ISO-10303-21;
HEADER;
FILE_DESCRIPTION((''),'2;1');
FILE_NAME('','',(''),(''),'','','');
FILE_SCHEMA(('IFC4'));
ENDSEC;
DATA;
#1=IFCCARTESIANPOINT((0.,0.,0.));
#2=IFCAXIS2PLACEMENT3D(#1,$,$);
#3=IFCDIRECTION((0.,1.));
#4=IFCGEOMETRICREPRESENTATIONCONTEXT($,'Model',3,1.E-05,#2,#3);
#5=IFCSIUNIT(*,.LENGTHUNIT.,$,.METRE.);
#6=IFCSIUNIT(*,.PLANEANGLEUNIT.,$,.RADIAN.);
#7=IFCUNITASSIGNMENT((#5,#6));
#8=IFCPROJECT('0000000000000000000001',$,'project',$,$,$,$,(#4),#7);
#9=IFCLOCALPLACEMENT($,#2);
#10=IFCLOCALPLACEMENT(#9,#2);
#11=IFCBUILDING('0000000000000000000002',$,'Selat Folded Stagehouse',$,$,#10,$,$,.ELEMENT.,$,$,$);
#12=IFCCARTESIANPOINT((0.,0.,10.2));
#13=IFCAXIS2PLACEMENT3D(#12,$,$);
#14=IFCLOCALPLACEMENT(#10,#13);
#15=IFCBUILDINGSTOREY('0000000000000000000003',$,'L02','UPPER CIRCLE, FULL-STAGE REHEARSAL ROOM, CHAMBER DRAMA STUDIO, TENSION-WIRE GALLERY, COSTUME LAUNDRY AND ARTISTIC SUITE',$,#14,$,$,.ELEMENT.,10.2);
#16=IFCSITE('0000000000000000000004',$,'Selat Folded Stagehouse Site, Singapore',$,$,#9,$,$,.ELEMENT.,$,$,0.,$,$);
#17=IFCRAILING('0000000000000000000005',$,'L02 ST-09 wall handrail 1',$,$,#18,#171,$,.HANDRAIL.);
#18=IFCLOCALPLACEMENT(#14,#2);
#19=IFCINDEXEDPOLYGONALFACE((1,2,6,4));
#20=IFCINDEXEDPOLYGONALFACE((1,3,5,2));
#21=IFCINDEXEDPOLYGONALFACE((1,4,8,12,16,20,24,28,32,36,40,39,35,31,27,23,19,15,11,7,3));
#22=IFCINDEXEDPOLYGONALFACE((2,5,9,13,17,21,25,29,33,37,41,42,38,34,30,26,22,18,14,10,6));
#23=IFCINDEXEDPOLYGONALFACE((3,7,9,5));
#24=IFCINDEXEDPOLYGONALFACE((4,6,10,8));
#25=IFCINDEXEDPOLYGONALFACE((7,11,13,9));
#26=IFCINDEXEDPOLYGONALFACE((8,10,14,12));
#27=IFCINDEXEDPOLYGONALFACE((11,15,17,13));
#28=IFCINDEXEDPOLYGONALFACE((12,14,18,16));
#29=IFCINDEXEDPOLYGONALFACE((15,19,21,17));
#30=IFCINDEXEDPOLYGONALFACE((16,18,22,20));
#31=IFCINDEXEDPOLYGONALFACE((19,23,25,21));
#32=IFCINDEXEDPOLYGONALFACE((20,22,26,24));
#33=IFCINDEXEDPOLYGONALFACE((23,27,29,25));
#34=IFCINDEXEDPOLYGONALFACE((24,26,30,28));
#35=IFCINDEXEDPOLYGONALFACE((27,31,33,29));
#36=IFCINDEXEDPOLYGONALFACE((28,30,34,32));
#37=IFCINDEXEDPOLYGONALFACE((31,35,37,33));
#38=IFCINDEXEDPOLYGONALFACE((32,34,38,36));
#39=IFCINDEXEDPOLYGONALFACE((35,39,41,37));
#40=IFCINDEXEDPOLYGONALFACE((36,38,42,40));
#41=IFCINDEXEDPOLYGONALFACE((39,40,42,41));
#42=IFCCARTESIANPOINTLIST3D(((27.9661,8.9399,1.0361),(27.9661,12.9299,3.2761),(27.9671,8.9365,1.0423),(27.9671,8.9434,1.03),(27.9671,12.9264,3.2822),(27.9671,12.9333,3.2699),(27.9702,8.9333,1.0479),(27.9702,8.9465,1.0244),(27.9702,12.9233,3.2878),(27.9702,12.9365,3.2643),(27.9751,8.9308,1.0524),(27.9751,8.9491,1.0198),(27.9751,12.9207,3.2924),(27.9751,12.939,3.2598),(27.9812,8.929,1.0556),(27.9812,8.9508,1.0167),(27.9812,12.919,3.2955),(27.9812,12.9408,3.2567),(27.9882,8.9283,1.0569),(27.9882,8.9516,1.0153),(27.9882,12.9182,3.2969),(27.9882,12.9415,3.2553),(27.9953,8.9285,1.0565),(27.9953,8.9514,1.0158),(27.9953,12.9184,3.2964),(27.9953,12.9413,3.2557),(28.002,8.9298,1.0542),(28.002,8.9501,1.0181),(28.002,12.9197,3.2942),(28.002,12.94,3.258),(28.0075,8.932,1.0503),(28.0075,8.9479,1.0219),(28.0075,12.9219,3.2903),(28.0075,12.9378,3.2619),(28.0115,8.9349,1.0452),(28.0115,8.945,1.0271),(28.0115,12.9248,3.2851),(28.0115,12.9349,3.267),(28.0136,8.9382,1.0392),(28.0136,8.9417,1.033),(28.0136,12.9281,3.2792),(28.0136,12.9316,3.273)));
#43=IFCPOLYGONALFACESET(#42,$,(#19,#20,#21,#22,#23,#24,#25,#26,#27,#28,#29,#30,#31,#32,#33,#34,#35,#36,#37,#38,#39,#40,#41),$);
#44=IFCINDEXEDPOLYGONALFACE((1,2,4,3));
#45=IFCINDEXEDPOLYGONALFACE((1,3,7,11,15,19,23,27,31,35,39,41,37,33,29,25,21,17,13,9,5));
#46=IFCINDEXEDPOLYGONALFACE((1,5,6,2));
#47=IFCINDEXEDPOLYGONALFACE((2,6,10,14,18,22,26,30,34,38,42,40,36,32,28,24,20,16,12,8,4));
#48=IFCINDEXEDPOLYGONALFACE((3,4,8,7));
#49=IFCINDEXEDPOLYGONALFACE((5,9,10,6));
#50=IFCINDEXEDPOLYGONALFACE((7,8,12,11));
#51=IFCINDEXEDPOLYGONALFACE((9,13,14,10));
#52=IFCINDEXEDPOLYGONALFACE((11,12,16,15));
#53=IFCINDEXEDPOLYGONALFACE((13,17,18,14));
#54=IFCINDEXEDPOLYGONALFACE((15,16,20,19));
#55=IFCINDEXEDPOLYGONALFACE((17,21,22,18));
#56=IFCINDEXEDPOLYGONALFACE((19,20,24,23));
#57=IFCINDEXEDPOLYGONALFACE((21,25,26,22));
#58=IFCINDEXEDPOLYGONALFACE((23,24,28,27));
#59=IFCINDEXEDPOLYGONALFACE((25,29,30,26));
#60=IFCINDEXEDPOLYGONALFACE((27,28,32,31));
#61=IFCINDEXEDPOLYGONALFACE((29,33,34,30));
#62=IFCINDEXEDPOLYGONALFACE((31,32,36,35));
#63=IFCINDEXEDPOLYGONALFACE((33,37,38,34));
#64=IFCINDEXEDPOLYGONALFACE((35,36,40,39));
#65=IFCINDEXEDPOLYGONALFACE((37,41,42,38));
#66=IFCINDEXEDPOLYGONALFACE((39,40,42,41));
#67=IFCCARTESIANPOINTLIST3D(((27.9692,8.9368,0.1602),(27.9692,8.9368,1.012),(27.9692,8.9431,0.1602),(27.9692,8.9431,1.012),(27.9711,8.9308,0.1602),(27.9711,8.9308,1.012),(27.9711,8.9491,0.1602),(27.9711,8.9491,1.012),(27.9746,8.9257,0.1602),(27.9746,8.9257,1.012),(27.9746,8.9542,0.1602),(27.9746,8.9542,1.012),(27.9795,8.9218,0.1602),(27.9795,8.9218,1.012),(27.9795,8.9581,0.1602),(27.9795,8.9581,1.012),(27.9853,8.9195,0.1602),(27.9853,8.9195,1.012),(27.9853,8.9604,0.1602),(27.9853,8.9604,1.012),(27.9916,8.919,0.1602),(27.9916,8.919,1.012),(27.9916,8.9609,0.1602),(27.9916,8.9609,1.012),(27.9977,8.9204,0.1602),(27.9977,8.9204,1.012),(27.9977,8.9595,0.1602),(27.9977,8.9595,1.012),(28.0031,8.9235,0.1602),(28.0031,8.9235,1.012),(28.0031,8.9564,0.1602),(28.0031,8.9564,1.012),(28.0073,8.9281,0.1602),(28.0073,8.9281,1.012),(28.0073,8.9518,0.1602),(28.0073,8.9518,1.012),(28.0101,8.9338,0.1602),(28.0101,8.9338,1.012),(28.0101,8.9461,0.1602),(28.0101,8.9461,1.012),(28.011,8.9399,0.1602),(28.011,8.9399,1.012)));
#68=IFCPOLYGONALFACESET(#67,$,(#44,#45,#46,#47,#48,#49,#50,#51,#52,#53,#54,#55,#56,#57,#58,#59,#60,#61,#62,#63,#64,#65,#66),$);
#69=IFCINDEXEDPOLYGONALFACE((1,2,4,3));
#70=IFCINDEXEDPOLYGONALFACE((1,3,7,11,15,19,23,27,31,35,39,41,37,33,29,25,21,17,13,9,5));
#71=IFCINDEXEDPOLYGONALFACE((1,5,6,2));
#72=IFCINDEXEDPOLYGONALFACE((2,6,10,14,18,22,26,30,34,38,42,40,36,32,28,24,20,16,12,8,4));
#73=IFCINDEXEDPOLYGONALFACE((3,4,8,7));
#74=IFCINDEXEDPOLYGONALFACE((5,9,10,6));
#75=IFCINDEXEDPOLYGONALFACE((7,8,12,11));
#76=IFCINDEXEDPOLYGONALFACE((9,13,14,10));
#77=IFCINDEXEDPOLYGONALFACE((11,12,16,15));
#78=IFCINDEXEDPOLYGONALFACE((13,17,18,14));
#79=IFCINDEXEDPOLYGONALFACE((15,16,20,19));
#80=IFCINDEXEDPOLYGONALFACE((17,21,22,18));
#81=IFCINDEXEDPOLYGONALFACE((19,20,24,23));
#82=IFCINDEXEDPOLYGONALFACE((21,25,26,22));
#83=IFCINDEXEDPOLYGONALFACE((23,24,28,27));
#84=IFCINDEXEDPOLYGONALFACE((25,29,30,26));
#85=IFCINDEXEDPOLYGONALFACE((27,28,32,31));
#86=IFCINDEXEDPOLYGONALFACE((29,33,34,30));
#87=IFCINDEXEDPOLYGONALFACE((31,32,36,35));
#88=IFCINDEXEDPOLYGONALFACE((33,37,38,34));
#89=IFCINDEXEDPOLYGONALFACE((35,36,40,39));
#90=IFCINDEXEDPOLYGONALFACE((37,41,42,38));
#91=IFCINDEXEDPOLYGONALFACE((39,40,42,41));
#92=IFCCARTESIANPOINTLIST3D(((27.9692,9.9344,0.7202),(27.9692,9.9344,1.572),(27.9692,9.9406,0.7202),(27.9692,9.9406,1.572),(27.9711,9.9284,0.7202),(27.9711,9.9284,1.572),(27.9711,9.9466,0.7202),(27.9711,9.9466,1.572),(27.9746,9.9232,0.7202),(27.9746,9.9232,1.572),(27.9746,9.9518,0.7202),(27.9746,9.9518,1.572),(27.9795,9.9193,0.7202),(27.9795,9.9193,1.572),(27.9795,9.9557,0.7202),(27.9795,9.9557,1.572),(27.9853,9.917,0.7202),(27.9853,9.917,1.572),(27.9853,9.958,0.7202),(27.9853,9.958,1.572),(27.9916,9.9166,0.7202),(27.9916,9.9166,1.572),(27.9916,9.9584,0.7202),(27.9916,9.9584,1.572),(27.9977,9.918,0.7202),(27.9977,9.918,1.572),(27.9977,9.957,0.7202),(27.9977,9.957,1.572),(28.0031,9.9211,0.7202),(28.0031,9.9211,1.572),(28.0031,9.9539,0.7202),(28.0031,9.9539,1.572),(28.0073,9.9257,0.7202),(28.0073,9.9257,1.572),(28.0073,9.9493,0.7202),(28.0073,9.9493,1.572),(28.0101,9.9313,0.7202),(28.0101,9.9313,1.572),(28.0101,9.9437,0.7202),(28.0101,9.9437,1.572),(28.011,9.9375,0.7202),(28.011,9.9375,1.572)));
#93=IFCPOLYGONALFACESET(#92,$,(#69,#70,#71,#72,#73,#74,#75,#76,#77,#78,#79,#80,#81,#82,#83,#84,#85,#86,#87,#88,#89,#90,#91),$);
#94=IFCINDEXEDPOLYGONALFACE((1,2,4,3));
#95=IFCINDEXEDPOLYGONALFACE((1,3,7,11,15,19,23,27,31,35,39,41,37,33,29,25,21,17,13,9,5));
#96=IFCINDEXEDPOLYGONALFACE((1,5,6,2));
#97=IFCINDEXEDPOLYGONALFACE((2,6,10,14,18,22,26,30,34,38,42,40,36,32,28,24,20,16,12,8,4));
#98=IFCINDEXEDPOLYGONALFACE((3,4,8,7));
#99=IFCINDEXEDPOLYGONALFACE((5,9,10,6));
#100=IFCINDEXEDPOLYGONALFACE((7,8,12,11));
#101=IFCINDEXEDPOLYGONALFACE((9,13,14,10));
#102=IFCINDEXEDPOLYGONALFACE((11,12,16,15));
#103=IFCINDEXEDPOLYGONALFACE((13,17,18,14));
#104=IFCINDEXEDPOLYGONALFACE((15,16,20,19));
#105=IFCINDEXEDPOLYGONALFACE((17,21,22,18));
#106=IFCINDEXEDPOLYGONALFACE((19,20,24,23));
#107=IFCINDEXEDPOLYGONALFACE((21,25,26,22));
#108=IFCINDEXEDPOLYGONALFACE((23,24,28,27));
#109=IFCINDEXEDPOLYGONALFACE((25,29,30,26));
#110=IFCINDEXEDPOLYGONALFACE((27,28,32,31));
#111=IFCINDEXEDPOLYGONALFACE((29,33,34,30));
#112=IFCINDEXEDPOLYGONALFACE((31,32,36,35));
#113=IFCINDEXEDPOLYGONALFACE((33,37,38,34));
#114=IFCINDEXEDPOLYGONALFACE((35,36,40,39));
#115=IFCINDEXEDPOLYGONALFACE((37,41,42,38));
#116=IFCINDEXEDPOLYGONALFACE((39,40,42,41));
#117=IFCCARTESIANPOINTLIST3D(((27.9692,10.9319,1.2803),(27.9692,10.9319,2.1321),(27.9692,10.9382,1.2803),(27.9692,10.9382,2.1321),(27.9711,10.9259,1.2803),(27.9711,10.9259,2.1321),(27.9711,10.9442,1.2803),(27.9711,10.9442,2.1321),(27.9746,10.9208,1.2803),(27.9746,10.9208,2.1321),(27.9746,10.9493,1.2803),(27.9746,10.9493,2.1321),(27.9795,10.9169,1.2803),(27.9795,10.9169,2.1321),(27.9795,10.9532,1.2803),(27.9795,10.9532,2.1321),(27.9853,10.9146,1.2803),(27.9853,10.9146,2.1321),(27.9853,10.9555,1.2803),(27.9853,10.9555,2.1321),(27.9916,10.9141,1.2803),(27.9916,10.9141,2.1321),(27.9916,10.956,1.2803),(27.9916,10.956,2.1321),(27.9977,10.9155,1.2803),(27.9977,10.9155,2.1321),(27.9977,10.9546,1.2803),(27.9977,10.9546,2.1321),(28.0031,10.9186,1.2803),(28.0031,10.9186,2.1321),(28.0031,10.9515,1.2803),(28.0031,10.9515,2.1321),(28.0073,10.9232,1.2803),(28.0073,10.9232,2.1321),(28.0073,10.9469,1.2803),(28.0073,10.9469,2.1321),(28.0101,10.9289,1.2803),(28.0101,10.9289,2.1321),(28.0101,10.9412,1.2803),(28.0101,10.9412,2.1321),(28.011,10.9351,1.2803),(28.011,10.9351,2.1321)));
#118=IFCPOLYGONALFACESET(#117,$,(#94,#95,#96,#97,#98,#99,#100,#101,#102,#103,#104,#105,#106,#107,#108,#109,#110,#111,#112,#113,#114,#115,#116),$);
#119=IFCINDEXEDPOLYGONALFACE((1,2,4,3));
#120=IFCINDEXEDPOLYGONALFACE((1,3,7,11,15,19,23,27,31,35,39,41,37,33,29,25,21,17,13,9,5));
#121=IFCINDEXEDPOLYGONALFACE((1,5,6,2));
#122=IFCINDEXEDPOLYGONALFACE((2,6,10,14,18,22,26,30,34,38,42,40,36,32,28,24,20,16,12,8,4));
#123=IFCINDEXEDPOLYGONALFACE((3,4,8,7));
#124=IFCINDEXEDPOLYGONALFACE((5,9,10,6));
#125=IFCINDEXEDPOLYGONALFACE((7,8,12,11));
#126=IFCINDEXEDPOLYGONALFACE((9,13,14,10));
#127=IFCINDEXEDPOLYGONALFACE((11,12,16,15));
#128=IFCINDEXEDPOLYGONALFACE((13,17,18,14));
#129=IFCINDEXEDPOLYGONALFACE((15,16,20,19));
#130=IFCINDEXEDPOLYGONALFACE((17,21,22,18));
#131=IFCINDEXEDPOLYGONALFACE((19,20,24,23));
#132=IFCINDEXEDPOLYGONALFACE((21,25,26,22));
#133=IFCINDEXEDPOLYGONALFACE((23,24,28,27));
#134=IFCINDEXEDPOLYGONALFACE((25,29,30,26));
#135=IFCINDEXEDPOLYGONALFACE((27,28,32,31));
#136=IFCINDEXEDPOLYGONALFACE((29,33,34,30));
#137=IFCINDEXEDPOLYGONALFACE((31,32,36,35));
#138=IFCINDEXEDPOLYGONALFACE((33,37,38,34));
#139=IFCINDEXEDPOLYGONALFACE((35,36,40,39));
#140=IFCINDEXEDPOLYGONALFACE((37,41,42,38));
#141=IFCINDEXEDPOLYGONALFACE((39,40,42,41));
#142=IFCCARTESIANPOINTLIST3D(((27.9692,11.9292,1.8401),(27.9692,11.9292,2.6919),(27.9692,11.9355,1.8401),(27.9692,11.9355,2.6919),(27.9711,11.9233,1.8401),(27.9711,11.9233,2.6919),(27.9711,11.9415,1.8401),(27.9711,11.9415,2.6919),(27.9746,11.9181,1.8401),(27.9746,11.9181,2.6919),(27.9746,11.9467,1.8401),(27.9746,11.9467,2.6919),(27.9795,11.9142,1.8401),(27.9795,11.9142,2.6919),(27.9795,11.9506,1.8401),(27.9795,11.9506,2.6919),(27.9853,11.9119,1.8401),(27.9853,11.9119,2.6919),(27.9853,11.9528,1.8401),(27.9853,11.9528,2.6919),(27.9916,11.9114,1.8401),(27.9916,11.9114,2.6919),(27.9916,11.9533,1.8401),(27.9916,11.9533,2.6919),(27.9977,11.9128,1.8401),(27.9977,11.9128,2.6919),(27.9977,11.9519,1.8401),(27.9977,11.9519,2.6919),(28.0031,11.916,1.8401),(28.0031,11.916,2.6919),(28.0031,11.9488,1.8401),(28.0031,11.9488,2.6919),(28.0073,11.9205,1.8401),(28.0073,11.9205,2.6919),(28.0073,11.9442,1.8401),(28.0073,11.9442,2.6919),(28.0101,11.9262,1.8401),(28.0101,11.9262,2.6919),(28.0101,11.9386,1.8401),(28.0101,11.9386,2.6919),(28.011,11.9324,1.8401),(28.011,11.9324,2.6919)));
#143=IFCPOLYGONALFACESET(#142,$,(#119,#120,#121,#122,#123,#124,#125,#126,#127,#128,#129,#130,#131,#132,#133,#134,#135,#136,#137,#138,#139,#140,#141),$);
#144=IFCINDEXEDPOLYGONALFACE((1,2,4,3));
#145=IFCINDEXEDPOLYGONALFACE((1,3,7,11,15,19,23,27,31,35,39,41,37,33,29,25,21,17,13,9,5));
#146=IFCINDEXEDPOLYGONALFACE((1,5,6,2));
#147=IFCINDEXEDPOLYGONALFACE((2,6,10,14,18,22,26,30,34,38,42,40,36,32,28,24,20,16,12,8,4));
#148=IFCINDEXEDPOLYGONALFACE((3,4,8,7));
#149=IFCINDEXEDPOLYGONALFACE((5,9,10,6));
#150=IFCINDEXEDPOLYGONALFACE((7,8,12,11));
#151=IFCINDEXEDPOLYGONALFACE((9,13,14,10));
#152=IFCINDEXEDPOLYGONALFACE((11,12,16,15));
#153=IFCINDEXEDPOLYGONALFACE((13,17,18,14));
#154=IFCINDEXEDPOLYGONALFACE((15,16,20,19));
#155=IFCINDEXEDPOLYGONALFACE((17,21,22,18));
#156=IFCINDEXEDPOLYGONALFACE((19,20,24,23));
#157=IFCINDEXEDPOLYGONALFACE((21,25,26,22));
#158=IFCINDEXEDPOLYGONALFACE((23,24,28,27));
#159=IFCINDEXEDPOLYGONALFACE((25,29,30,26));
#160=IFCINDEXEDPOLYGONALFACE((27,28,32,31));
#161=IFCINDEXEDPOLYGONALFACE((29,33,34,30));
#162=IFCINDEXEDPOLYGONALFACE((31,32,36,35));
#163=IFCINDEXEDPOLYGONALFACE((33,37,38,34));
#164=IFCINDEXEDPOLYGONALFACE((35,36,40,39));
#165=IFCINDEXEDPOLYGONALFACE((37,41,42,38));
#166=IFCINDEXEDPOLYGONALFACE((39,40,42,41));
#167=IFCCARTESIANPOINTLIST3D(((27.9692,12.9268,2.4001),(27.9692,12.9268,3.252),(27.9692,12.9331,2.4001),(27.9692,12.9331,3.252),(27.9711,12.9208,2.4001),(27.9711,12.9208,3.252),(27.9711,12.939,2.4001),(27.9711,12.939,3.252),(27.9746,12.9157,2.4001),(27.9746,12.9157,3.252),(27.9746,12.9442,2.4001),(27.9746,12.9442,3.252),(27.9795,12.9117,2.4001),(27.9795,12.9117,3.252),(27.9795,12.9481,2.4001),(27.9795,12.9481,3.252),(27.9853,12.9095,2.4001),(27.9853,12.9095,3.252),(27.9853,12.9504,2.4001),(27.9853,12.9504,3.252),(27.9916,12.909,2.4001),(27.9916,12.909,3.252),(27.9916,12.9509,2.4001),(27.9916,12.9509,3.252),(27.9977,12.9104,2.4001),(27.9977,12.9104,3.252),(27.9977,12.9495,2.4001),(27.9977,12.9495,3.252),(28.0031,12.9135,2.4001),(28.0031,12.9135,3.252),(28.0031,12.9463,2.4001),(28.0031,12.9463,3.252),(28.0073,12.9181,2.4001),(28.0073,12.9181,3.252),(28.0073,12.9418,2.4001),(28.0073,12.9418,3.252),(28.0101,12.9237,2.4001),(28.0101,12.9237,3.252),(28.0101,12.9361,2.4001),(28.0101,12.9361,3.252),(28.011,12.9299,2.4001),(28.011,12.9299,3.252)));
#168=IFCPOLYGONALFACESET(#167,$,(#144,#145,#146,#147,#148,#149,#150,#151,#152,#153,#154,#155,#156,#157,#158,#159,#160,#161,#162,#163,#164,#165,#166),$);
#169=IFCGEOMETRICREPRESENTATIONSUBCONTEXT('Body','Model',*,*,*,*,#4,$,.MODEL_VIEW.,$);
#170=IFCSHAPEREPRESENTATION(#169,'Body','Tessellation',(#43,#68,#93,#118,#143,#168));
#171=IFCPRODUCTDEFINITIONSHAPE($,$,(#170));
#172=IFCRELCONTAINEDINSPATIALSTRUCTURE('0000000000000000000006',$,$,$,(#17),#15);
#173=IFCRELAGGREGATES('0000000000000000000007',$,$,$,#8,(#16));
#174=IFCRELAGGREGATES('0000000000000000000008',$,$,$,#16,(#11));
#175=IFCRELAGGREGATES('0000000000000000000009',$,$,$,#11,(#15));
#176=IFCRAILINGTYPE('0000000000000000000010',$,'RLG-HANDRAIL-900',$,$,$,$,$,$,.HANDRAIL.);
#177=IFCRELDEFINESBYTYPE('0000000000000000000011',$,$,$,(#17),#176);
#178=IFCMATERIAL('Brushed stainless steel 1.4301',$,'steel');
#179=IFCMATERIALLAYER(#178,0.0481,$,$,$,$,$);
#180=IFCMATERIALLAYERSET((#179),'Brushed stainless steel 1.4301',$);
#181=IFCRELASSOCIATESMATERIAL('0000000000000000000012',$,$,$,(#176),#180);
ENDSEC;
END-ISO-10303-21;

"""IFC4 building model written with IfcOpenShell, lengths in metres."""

from ifc_helpers import new_model, si_unit, direction, frame, origin, origin_2d, place, context, subcontext, project, spatial, circle, extrude, material, layer, layer_set, type_object, element, save


model = new_model("IFC4")

# Units and contexts
model_context = context("Model", 3, precision=1e-05, world=origin(), true_north=direction((0.0, 1.0)))
body_context = subcontext(model_context, "Body", "Model", "MODEL_VIEW")
ifc_project = project(units=[si_unit("LENGTHUNIT", "METRE"), si_unit("PLANEANGLEUNIT", "RADIAN")], contexts=[model_context])

# Site, building, storey
site_placement = place(None, origin())
site = spatial("IfcSite", under=ifc_project, at=site_placement, Name="Selat Folded Stagehouse Site, Singapore", CompositionType="ELEMENT", RefElevation=0.0)
building_placement = place(site_placement, origin())
building = spatial("IfcBuilding", under=site, at=building_placement, Name="Selat Folded Stagehouse", CompositionType="ELEMENT")
storey_placement = place(building_placement, frame((0.0, 0.0, 10.2)))
storey = spatial("IfcBuildingStorey", under=building, at=storey_placement, Name="L02", Description="UPPER CIRCLE, FULL-STAGE REHEARSAL ROOM, CHAMBER DRAMA STUDIO, TENSION-WIRE GALLERY, COSTUME LAUNDRY AND ARTISTIC SUITE", CompositionType="ELEMENT", Elevation=10.2)

# Railing
ifc_material_1 = material(Name="Brushed stainless steel 1.4301", Category="steel")
ifc_layer_1 = layer(ifc_material_1, 0.0481)
ifc_layer_set_1 = layer_set([ifc_layer_1], Name="Brushed stainless steel 1.4301")
railing_type_1 = type_object("IfcRailingType", Name="RLG-HANDRAIL-900", PredefinedType="HANDRAIL", material=ifc_layer_set_1)
railing_1_placement = place(storey_placement, frame((27.99, 8.9399, 0.1602)))
element("IfcRailing", 1, at=railing_1_placement, inside=storey, type_object=railing_type_1, Name="L02 ST-09 wall handrail 1", PredefinedType="HANDRAIL", context=body_context, shape_type="SweptSolid", body=[
    extrude(circle(Radius=0.0239, at=origin_2d()), frame((0.0, 0.0, 0.876), z_axis=(0.0, 0.871984, 0.489534), x_axis=(-1.0, 0.0, 0.0)), (0.0, 0.0, 1.0), 4.5757),
    extrude(circle(Radius=0.021, at=origin_2d()), origin(), (0.0, 0.0, 1.0), 0.8518),
    extrude(circle(Radius=0.021, at=origin_2d()), frame((0.0, 0.9976, 0.5601)), (0.0, 0.0, 1.0), 0.8518),
    extrude(circle(Radius=0.021, at=origin_2d()), frame((0.0, 1.9951, 1.1201)), (0.0, 0.0, 1.0), 0.8518),
    extrude(circle(Radius=0.021, at=origin_2d()), frame((0.0, 2.9924, 1.6799)), (0.0, 0.0, 1.0), 0.8518),
    extrude(circle(Radius=0.021, at=origin_2d()), frame((0.0, 3.99, 2.24)), (0.0, 0.0, 1.0), 0.8518),
])

save(model, "model.ifc")
